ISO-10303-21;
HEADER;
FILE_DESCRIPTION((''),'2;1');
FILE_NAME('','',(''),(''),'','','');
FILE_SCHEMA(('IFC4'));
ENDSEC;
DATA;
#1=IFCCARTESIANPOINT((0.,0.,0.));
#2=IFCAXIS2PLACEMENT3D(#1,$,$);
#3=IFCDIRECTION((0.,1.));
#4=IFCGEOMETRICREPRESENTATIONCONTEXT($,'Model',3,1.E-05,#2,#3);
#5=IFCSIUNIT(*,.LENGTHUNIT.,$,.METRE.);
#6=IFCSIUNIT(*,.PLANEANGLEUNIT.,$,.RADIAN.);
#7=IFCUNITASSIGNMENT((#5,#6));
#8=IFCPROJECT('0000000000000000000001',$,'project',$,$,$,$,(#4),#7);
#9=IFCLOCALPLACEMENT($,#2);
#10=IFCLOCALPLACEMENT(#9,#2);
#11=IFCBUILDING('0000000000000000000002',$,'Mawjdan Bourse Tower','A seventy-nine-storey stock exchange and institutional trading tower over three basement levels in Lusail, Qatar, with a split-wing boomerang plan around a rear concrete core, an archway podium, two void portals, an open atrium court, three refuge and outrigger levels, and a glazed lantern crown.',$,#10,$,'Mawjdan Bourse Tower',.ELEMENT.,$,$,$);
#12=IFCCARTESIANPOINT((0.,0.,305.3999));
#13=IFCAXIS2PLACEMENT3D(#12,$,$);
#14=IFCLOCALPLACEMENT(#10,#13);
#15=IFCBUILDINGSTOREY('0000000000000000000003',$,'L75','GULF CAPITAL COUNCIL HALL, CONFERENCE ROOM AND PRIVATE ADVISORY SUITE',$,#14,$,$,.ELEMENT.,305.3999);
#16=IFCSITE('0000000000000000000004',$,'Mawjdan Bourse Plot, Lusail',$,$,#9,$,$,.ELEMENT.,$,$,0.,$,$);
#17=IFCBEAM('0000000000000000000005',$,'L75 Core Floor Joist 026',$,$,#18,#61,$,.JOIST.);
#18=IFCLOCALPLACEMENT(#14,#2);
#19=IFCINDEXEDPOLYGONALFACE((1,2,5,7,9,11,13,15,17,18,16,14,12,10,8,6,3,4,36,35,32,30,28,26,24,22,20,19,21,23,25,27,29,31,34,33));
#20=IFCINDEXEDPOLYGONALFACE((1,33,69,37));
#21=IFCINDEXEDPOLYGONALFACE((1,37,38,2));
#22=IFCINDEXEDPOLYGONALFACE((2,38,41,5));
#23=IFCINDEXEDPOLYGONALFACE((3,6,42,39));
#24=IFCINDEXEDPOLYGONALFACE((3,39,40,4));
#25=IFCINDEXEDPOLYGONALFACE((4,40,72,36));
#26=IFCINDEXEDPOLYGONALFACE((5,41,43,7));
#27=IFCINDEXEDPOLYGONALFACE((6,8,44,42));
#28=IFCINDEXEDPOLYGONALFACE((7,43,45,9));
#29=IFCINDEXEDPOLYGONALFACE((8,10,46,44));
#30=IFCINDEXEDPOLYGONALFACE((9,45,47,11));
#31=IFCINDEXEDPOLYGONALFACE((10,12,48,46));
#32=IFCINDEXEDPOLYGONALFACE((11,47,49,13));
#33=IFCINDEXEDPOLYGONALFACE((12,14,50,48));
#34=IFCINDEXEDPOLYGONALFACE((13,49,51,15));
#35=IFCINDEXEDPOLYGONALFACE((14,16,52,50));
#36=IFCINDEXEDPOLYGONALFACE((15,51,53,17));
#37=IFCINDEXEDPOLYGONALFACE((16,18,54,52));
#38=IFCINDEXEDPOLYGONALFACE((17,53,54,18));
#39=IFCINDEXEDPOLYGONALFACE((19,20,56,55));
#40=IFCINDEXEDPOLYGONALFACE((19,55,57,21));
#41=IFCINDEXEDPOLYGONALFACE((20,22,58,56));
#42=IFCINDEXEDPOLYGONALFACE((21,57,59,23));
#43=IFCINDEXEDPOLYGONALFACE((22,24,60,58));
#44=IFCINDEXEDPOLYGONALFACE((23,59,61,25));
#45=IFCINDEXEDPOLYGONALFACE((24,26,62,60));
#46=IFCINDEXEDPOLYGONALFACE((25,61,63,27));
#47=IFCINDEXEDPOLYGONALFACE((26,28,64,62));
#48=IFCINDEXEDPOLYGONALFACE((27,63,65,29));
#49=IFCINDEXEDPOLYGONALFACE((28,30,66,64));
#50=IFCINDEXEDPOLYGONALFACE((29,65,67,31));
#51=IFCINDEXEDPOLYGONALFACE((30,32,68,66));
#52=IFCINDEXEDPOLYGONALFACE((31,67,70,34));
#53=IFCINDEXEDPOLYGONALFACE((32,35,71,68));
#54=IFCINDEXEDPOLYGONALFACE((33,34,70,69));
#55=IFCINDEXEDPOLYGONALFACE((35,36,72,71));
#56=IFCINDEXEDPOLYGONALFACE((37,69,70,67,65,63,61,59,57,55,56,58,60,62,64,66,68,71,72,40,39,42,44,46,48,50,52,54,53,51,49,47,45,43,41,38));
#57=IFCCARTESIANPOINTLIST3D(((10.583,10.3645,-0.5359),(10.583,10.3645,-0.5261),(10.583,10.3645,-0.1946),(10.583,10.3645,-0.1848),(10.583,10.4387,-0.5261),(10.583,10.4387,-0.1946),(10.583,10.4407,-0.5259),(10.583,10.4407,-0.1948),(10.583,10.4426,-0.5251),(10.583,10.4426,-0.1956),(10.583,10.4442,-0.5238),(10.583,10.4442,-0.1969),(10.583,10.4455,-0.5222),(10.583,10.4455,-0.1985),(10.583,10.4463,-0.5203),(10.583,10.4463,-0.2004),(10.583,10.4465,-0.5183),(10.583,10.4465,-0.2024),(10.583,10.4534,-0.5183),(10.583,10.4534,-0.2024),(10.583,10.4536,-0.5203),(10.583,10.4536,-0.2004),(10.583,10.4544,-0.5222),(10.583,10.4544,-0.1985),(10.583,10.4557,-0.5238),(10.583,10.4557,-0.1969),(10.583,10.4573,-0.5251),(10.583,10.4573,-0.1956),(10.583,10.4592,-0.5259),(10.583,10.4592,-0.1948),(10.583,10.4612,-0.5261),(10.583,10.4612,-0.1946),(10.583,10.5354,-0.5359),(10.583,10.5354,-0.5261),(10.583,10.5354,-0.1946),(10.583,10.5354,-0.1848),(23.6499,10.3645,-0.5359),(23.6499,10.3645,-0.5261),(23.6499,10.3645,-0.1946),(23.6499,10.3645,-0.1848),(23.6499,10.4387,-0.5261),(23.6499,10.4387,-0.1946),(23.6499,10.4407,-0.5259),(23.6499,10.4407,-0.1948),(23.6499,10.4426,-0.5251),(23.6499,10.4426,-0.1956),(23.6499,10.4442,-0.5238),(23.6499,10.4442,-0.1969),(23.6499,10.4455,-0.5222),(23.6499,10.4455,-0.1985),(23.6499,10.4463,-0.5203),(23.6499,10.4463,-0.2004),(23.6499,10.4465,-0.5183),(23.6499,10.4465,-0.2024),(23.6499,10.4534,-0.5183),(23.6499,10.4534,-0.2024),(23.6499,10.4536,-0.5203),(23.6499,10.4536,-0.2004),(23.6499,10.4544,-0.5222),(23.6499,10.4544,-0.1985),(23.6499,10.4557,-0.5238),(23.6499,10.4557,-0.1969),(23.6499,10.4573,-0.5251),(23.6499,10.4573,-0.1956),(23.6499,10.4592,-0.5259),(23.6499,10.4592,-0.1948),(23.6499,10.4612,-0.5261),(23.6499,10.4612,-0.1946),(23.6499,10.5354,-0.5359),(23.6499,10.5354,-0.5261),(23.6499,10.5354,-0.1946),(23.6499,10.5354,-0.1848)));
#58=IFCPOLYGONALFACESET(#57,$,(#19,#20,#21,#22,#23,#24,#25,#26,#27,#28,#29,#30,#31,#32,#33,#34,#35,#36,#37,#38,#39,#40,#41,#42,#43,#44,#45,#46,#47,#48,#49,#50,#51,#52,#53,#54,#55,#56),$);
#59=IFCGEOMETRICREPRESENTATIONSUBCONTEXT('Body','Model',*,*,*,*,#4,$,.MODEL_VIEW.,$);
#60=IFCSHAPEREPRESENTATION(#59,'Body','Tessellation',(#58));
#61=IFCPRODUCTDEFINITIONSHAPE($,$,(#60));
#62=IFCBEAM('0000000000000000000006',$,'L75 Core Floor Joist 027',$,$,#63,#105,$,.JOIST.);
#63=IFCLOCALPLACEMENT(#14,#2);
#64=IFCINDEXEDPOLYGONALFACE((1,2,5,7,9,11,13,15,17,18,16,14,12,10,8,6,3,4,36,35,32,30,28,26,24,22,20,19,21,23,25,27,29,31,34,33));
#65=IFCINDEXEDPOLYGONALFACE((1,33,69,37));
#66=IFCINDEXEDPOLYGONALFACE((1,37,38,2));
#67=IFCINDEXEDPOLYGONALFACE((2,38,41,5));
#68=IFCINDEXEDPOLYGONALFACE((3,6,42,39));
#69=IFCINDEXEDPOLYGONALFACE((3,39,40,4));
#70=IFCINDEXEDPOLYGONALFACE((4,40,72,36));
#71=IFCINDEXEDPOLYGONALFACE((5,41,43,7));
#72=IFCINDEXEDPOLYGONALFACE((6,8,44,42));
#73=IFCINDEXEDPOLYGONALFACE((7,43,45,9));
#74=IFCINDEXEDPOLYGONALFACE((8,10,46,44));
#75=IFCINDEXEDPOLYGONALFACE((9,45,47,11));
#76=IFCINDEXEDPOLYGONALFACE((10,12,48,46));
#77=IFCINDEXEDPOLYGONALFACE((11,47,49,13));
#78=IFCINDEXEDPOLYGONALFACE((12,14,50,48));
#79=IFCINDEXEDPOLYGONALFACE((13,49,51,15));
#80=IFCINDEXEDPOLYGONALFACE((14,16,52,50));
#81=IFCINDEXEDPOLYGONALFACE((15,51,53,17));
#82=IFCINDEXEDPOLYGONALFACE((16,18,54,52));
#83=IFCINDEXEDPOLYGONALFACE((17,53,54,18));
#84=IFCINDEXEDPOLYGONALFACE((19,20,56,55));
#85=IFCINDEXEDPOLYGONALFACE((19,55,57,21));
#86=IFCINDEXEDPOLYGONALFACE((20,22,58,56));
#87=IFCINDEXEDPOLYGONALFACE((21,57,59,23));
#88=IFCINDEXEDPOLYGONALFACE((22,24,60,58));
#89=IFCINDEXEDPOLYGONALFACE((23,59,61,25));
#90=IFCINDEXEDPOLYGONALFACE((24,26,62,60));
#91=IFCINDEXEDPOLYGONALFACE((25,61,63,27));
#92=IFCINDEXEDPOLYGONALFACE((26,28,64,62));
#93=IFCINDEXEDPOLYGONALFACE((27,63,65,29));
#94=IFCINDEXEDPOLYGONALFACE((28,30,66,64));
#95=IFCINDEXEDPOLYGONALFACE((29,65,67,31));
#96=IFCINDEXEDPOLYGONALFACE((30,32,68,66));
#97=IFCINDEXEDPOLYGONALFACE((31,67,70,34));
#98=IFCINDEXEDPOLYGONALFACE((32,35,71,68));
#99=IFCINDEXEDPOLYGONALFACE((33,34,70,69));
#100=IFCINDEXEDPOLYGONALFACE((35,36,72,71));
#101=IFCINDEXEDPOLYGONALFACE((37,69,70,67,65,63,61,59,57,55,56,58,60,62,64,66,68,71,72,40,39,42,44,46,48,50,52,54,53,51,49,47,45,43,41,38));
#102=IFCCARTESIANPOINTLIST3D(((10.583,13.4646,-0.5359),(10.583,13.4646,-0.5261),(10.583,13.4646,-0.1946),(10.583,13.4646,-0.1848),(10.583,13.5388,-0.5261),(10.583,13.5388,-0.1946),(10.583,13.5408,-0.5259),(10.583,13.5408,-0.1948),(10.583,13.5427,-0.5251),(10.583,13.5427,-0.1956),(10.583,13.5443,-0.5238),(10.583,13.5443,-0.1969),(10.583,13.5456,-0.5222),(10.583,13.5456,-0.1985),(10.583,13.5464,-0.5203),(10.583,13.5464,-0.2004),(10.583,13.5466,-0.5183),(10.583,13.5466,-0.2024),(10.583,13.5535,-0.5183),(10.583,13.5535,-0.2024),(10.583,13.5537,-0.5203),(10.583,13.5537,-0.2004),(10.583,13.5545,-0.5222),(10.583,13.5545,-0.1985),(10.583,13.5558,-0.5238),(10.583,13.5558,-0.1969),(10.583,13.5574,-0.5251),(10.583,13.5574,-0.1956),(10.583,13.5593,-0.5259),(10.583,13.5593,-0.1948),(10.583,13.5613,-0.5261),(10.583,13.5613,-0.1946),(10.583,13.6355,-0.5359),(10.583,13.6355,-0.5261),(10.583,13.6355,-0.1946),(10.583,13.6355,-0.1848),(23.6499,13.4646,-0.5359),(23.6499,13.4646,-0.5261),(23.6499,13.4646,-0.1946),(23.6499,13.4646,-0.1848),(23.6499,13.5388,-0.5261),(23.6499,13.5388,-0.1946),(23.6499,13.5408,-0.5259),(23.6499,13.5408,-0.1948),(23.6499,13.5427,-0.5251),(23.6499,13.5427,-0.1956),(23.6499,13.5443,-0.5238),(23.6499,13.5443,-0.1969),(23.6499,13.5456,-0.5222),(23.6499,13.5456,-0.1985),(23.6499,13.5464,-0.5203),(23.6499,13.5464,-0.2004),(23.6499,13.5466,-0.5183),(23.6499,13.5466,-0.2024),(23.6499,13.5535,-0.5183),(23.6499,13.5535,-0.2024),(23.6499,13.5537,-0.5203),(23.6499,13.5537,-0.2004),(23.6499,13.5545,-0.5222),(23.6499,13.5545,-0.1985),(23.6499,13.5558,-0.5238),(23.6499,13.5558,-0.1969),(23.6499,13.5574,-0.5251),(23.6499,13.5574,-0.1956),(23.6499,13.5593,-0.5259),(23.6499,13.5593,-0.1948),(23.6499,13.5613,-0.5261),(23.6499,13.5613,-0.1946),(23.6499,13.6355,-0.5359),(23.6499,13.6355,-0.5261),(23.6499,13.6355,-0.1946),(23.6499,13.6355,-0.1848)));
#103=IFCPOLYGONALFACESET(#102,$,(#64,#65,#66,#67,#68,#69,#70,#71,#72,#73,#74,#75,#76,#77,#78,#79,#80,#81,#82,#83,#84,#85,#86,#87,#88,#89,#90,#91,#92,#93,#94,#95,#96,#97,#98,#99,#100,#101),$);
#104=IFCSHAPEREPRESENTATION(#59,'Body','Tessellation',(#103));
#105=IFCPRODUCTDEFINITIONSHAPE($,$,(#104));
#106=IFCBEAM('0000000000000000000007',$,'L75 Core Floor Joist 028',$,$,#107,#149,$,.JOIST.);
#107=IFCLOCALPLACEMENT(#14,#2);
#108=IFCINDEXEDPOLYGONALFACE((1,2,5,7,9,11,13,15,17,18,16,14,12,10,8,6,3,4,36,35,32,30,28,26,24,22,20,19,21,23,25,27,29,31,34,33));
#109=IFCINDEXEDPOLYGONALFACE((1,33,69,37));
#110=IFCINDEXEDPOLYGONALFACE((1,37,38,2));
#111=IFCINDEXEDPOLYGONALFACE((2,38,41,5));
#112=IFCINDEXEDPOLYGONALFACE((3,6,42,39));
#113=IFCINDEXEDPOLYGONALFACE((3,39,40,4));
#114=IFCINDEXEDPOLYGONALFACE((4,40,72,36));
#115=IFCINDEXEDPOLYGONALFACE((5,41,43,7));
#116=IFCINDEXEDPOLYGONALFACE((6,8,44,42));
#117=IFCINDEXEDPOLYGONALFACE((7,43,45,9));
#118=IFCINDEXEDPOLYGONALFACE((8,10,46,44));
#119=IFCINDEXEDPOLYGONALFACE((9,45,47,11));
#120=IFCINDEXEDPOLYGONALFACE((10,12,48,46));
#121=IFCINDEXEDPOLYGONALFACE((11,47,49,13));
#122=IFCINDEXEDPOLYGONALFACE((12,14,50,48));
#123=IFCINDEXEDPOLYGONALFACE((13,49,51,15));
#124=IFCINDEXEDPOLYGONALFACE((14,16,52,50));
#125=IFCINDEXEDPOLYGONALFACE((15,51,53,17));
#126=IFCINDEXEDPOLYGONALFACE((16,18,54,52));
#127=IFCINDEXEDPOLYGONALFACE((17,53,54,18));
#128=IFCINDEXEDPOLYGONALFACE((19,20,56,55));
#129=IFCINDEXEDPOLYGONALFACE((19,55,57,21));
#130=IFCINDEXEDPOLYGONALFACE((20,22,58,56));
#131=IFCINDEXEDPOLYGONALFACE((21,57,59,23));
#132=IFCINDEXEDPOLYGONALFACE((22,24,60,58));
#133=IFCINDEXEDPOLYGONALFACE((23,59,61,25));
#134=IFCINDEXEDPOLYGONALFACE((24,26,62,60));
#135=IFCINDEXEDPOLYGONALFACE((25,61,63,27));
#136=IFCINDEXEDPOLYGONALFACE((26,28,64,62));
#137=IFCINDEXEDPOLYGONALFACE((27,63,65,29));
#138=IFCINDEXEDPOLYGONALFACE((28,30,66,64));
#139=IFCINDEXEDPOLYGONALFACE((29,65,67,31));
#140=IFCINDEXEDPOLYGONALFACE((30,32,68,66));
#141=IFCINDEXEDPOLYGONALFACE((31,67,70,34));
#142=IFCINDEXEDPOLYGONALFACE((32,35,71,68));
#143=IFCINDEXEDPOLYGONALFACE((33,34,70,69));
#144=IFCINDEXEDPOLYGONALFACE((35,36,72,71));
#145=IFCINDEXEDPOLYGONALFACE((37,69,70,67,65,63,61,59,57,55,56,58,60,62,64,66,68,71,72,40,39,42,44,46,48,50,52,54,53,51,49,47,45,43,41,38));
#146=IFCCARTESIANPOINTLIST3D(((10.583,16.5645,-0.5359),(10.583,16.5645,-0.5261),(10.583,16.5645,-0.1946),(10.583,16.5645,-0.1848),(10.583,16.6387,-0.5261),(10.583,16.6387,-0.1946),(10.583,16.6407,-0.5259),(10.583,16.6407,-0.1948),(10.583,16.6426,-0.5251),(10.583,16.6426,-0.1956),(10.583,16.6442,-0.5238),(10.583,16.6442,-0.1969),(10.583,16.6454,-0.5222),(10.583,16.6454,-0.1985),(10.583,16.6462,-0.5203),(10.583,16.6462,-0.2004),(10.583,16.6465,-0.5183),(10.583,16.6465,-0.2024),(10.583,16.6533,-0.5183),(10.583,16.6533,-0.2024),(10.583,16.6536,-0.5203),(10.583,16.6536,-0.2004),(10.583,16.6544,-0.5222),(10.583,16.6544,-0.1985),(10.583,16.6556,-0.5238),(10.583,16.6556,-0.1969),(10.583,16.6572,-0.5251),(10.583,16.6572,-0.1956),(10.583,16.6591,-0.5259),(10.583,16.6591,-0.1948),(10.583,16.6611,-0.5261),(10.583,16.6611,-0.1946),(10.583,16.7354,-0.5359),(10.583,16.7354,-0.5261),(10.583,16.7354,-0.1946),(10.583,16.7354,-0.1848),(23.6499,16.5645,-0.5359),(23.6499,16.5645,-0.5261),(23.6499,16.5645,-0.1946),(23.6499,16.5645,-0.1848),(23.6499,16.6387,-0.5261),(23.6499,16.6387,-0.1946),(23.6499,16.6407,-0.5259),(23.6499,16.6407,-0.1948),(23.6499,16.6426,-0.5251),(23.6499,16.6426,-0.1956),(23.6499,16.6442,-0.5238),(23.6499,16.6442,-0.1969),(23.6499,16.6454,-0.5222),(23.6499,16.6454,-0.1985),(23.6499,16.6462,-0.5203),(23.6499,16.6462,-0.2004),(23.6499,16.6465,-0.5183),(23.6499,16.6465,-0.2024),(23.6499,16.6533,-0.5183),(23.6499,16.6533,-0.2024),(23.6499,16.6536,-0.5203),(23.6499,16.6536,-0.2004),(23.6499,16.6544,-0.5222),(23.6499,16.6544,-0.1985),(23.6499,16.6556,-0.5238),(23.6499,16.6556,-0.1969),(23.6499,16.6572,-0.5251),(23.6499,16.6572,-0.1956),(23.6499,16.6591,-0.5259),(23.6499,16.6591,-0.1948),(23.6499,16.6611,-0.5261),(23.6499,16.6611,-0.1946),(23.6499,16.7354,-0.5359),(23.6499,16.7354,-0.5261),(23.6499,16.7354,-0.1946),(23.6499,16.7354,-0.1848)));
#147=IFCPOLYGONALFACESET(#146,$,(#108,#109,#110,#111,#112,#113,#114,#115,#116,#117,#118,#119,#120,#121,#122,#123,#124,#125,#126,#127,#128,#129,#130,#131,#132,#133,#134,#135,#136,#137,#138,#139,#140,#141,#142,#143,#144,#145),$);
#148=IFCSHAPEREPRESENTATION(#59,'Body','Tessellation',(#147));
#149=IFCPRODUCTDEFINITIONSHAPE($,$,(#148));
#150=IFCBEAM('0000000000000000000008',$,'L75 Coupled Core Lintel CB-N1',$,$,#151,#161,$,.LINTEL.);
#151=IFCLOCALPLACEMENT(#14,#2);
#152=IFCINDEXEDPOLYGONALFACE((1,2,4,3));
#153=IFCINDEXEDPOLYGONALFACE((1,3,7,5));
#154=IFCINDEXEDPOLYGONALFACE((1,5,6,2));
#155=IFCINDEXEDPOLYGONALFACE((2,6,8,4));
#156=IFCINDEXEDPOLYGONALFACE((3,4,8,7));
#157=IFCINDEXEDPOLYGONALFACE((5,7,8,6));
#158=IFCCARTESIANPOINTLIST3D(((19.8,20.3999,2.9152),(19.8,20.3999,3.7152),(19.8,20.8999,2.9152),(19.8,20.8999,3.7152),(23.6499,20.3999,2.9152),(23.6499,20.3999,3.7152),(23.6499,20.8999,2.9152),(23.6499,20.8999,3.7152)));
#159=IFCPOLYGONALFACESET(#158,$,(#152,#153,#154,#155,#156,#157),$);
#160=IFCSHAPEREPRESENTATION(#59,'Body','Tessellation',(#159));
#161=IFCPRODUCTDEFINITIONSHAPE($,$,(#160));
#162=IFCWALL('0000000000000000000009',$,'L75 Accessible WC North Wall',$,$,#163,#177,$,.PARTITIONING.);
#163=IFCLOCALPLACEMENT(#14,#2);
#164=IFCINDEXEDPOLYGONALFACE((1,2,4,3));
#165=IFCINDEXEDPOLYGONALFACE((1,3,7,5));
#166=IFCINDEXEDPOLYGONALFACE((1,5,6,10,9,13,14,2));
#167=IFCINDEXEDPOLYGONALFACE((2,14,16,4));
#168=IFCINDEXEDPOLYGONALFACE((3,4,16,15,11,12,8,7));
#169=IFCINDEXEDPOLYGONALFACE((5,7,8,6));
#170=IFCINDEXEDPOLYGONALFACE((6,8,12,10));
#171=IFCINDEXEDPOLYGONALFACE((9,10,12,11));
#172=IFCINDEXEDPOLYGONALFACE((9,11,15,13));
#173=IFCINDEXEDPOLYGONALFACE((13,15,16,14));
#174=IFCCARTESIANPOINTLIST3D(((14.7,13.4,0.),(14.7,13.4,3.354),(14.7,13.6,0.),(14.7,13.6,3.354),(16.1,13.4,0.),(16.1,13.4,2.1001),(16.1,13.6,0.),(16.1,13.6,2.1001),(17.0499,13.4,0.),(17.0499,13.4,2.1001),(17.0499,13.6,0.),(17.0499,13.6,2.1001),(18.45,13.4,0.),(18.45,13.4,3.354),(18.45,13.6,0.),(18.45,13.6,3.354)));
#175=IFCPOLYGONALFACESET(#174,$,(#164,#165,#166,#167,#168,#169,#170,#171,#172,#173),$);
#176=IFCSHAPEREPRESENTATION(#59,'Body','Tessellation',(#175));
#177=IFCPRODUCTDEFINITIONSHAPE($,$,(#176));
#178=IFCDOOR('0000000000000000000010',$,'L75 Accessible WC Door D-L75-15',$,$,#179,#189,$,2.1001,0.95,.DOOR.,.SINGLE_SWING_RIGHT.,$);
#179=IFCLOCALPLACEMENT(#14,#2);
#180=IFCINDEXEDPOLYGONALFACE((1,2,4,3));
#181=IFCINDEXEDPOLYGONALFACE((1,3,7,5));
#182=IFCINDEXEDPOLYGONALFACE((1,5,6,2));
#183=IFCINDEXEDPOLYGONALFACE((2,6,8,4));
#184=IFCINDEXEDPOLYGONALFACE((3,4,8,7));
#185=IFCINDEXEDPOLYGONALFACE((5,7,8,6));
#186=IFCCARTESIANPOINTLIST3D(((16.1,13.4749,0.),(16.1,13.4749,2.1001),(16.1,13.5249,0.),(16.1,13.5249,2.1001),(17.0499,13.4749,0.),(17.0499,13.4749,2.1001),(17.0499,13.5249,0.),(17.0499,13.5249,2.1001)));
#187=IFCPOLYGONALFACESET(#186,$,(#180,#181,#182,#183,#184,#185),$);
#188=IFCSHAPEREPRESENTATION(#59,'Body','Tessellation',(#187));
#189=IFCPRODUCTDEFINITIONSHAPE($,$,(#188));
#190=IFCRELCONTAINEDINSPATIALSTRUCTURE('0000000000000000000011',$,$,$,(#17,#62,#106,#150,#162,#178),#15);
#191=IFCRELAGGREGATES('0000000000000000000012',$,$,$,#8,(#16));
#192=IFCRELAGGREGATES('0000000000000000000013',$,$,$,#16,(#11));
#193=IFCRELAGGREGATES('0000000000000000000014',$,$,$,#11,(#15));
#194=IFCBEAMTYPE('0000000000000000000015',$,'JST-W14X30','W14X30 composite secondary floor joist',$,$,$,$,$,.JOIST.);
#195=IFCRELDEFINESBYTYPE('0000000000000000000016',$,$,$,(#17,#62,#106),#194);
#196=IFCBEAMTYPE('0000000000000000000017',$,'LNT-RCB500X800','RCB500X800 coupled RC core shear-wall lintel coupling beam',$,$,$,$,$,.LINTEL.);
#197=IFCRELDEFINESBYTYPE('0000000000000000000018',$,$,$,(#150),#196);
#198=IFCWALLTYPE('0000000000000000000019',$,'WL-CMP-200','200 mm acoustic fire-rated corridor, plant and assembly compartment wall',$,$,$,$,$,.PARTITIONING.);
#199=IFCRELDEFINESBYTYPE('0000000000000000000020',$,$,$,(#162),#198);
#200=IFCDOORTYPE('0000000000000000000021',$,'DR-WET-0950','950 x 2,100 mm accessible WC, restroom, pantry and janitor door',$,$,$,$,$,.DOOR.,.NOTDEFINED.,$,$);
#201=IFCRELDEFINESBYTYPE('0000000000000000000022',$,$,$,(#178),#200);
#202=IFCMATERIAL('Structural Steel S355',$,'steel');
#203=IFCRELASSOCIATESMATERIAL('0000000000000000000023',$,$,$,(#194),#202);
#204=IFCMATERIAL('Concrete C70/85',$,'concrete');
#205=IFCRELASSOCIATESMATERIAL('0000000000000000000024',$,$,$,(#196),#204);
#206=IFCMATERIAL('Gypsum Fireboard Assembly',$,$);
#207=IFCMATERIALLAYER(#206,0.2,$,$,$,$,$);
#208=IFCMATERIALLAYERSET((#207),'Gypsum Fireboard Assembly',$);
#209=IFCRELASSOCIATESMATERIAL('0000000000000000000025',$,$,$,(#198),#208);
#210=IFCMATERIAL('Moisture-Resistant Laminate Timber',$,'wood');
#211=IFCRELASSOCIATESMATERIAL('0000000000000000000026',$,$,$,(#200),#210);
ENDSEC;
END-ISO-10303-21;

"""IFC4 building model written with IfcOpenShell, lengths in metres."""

from ifc_helpers import new_model, si_unit, direction, frame, frame_2d, origin, origin_2d, place, context, subcontext, project, spatial, rectangle, i_section, extrude, material, layer, layer_set, material_profile, profile_set, type_object, element, fill, save


model = new_model("IFC4")

# Units and contexts
model_context = context("Model", 3, precision=1e-05, world=origin(), true_north=direction((0.0, 1.0)))
body_context = subcontext(model_context, "Body", "Model", "MODEL_VIEW")
ifc_project = project(units=[si_unit("LENGTHUNIT", "METRE"), si_unit("PLANEANGLEUNIT", "RADIAN")], contexts=[model_context])

# Site, building, storey
site_placement = place(None, origin())
site = spatial("IfcSite", under=ifc_project, at=site_placement, Name="Mawjdan Bourse Plot, Lusail", CompositionType="ELEMENT", RefElevation=0.0)
building_placement = place(site_placement, origin())
building = spatial("IfcBuilding", under=site, at=building_placement, Name="Mawjdan Bourse Tower", Description="A seventy-nine-storey stock exchange and institutional trading tower over three basement levels in Lusail, Qatar, with a split-wing boomerang plan around a rear concrete core, an archway podium, two void portals, an open atrium court, three refuge and outrigger levels, and a glazed lantern crown.", LongName="Mawjdan Bourse Tower", CompositionType="ELEMENT")
storey_placement = place(building_placement, frame((0.0, 0.0, 305.3999)))
storey = spatial("IfcBuildingStorey", under=building, at=storey_placement, Name="L75", Description="GULF CAPITAL COUNCIL HALL, CONFERENCE ROOM AND PRIVATE ADVISORY SUITE", CompositionType="ELEMENT", Elevation=305.3999)

# Beams
ifc_material_1 = material(Name="Structural Steel S355", Category="steel")
ifc_material_profile_1 = material_profile(ifc_material_1, i_section(OverallWidth=0.1709, OverallDepth=0.3511, WebThickness=0.0068, FlangeThickness=0.0098, FilletRadius=0.0078, at=origin_2d()), Name="W14X30")
ifc_profile_set_1 = profile_set([ifc_material_profile_1], Name="Structural Steel S355")
beam_type_1 = type_object("IfcBeamType", Name="JST-W14X30", Description="W14X30 composite secondary floor joist", PredefinedType="JOIST", material=ifc_profile_set_1)
for number, where, z_axis, x_axis, name in (
    (1, (10.583, 10.45, -0.3604), (1.0, 0.0, 0.0), (0.0, 1.0, 0.0), "L75 Core Floor Joist 026"),
    (2, (10.583, 13.55, -0.3604), (1.0, 0.0, 0.0), (0.0, 1.0, 0.0), "L75 Core Floor Joist 027"),
    (3, (10.583, 16.6499, -0.3604), (1.0, 0.0, 0.0), (0.0, 1.0, 0.0), "L75 Core Floor Joist 028"),
):
    element("IfcBeam", number, at=place(storey_placement, frame(where, z_axis=z_axis, x_axis=x_axis)), inside=storey, type_object=beam_type_1, Name=name, PredefinedType="JOIST", context=body_context, shape_type="SweptSolid", body=[
        extrude(i_section(OverallWidth=0.1709, OverallDepth=0.3511, WebThickness=0.0068, FlangeThickness=0.0098, FilletRadius=0.0078, at=origin_2d()), origin(), (0.0, 0.0, 1.0), 13.0669),
    ])
ifc_material_2 = material(Name="Concrete C70/85", Category="concrete")
ifc_material_profile_2 = material_profile(ifc_material_2, rectangle(XDim=0.5, YDim=0.8, at=origin_2d()), Name="RCB500X800")
ifc_profile_set_2 = profile_set([ifc_material_profile_2], Name="Concrete C70/85")
beam_type_2 = type_object("IfcBeamType", Name="LNT-RCB500X800", Description="RCB500X800 coupled RC core shear-wall lintel coupling beam", PredefinedType="LINTEL", material=ifc_profile_set_2)
beam_placement = place(storey_placement, frame((19.8, 20.6499, 3.3152), z_axis=(1.0, 0.0, 0.0), x_axis=(0.0, 1.0, 0.0)))
element("IfcBeam", 4, at=beam_placement, inside=storey, type_object=beam_type_2, Name="L75 Coupled Core Lintel CB-N1", PredefinedType="LINTEL", context=body_context, shape_type="SweptSolid", body=[
    extrude(rectangle(XDim=0.5, YDim=0.8, at=origin_2d()), origin(), (0.0, 0.0, 1.0), 3.8499),
])

# Wall, opening, door
ifc_material_3 = material(Name="Gypsum Fireboard Assembly")
ifc_layer_1 = layer(ifc_material_3, 0.2)
ifc_layer_set_1 = layer_set([ifc_layer_1], Name="Gypsum Fireboard Assembly")
wall_type_1 = type_object("IfcWallType", Name="WL-CMP-200", Description="200 mm acoustic fire-rated corridor, plant and assembly compartment wall", PredefinedType="PARTITIONING", material=ifc_layer_set_1)
wall_1_placement = place(storey_placement, frame((14.7, 13.5, 0.0), z_axis=(0.0, 0.0, 1.0), x_axis=(1.0, 0.0, 0.0)))
wall_1 = element("IfcWall", 5, at=wall_1_placement, inside=storey, type_object=wall_type_1, Name="L75 Accessible WC North Wall", PredefinedType="PARTITIONING", context=body_context, shape_type="SweptSolid", body=[
    extrude(rectangle(XDim=3.75, YDim=0.2, at=frame_2d((1.875, 0.0))), origin(), (0.0, 0.0, 1.0), 3.354),
])
opening_1_placement = place(wall_1_placement, frame((1.3999, 0.0, 0.0)))
opening_1 = element("IfcOpeningElement", 6, at=opening_1_placement, cuts=wall_1, PredefinedType="OPENING", context=body_context, shape_type="SweptSolid", body=[
    extrude(rectangle(XDim=0.95, YDim=2.1001, at=frame_2d((0.4751, 1.05))), frame((0.0, 0.1099, 0.0), z_axis=(0.0, -1.0, 0.0), x_axis=(1.0, 0.0, 0.0)), (0.0, 0.0, 1.0), 0.22),
])
ifc_material_4 = material(Name="Moisture-Resistant Laminate Timber", Category="wood")
door_type_1 = type_object("IfcDoorType", Name="DR-WET-0950", Description="950 x 2,100 mm accessible WC, restroom, pantry and janitor door", OperationType="NOTDEFINED", PredefinedType="DOOR", material=ifc_material_4)
door_1_placement = place(opening_1_placement, origin())
door_1 = element("IfcDoor", 7, at=door_1_placement, inside=storey, type_object=door_type_1, Name="L75 Accessible WC Door D-L75-15", OperationType="SINGLE_SWING_RIGHT", OverallHeight=2.1001, OverallWidth=0.95, PredefinedType="DOOR", context=body_context, shape_type="SweptSolid", body=[
    extrude(rectangle(XDim=0.95, YDim=2.1001, at=frame_2d((0.4751, 1.05))), frame((0.0, 0.0249, 0.0), z_axis=(0.0, -1.0, 0.0), x_axis=(1.0, 0.0, 0.0)), (0.0, 0.0, 1.0), 0.05),
])
fill(opening_1, door_1)

save(model, "model.ifc")
